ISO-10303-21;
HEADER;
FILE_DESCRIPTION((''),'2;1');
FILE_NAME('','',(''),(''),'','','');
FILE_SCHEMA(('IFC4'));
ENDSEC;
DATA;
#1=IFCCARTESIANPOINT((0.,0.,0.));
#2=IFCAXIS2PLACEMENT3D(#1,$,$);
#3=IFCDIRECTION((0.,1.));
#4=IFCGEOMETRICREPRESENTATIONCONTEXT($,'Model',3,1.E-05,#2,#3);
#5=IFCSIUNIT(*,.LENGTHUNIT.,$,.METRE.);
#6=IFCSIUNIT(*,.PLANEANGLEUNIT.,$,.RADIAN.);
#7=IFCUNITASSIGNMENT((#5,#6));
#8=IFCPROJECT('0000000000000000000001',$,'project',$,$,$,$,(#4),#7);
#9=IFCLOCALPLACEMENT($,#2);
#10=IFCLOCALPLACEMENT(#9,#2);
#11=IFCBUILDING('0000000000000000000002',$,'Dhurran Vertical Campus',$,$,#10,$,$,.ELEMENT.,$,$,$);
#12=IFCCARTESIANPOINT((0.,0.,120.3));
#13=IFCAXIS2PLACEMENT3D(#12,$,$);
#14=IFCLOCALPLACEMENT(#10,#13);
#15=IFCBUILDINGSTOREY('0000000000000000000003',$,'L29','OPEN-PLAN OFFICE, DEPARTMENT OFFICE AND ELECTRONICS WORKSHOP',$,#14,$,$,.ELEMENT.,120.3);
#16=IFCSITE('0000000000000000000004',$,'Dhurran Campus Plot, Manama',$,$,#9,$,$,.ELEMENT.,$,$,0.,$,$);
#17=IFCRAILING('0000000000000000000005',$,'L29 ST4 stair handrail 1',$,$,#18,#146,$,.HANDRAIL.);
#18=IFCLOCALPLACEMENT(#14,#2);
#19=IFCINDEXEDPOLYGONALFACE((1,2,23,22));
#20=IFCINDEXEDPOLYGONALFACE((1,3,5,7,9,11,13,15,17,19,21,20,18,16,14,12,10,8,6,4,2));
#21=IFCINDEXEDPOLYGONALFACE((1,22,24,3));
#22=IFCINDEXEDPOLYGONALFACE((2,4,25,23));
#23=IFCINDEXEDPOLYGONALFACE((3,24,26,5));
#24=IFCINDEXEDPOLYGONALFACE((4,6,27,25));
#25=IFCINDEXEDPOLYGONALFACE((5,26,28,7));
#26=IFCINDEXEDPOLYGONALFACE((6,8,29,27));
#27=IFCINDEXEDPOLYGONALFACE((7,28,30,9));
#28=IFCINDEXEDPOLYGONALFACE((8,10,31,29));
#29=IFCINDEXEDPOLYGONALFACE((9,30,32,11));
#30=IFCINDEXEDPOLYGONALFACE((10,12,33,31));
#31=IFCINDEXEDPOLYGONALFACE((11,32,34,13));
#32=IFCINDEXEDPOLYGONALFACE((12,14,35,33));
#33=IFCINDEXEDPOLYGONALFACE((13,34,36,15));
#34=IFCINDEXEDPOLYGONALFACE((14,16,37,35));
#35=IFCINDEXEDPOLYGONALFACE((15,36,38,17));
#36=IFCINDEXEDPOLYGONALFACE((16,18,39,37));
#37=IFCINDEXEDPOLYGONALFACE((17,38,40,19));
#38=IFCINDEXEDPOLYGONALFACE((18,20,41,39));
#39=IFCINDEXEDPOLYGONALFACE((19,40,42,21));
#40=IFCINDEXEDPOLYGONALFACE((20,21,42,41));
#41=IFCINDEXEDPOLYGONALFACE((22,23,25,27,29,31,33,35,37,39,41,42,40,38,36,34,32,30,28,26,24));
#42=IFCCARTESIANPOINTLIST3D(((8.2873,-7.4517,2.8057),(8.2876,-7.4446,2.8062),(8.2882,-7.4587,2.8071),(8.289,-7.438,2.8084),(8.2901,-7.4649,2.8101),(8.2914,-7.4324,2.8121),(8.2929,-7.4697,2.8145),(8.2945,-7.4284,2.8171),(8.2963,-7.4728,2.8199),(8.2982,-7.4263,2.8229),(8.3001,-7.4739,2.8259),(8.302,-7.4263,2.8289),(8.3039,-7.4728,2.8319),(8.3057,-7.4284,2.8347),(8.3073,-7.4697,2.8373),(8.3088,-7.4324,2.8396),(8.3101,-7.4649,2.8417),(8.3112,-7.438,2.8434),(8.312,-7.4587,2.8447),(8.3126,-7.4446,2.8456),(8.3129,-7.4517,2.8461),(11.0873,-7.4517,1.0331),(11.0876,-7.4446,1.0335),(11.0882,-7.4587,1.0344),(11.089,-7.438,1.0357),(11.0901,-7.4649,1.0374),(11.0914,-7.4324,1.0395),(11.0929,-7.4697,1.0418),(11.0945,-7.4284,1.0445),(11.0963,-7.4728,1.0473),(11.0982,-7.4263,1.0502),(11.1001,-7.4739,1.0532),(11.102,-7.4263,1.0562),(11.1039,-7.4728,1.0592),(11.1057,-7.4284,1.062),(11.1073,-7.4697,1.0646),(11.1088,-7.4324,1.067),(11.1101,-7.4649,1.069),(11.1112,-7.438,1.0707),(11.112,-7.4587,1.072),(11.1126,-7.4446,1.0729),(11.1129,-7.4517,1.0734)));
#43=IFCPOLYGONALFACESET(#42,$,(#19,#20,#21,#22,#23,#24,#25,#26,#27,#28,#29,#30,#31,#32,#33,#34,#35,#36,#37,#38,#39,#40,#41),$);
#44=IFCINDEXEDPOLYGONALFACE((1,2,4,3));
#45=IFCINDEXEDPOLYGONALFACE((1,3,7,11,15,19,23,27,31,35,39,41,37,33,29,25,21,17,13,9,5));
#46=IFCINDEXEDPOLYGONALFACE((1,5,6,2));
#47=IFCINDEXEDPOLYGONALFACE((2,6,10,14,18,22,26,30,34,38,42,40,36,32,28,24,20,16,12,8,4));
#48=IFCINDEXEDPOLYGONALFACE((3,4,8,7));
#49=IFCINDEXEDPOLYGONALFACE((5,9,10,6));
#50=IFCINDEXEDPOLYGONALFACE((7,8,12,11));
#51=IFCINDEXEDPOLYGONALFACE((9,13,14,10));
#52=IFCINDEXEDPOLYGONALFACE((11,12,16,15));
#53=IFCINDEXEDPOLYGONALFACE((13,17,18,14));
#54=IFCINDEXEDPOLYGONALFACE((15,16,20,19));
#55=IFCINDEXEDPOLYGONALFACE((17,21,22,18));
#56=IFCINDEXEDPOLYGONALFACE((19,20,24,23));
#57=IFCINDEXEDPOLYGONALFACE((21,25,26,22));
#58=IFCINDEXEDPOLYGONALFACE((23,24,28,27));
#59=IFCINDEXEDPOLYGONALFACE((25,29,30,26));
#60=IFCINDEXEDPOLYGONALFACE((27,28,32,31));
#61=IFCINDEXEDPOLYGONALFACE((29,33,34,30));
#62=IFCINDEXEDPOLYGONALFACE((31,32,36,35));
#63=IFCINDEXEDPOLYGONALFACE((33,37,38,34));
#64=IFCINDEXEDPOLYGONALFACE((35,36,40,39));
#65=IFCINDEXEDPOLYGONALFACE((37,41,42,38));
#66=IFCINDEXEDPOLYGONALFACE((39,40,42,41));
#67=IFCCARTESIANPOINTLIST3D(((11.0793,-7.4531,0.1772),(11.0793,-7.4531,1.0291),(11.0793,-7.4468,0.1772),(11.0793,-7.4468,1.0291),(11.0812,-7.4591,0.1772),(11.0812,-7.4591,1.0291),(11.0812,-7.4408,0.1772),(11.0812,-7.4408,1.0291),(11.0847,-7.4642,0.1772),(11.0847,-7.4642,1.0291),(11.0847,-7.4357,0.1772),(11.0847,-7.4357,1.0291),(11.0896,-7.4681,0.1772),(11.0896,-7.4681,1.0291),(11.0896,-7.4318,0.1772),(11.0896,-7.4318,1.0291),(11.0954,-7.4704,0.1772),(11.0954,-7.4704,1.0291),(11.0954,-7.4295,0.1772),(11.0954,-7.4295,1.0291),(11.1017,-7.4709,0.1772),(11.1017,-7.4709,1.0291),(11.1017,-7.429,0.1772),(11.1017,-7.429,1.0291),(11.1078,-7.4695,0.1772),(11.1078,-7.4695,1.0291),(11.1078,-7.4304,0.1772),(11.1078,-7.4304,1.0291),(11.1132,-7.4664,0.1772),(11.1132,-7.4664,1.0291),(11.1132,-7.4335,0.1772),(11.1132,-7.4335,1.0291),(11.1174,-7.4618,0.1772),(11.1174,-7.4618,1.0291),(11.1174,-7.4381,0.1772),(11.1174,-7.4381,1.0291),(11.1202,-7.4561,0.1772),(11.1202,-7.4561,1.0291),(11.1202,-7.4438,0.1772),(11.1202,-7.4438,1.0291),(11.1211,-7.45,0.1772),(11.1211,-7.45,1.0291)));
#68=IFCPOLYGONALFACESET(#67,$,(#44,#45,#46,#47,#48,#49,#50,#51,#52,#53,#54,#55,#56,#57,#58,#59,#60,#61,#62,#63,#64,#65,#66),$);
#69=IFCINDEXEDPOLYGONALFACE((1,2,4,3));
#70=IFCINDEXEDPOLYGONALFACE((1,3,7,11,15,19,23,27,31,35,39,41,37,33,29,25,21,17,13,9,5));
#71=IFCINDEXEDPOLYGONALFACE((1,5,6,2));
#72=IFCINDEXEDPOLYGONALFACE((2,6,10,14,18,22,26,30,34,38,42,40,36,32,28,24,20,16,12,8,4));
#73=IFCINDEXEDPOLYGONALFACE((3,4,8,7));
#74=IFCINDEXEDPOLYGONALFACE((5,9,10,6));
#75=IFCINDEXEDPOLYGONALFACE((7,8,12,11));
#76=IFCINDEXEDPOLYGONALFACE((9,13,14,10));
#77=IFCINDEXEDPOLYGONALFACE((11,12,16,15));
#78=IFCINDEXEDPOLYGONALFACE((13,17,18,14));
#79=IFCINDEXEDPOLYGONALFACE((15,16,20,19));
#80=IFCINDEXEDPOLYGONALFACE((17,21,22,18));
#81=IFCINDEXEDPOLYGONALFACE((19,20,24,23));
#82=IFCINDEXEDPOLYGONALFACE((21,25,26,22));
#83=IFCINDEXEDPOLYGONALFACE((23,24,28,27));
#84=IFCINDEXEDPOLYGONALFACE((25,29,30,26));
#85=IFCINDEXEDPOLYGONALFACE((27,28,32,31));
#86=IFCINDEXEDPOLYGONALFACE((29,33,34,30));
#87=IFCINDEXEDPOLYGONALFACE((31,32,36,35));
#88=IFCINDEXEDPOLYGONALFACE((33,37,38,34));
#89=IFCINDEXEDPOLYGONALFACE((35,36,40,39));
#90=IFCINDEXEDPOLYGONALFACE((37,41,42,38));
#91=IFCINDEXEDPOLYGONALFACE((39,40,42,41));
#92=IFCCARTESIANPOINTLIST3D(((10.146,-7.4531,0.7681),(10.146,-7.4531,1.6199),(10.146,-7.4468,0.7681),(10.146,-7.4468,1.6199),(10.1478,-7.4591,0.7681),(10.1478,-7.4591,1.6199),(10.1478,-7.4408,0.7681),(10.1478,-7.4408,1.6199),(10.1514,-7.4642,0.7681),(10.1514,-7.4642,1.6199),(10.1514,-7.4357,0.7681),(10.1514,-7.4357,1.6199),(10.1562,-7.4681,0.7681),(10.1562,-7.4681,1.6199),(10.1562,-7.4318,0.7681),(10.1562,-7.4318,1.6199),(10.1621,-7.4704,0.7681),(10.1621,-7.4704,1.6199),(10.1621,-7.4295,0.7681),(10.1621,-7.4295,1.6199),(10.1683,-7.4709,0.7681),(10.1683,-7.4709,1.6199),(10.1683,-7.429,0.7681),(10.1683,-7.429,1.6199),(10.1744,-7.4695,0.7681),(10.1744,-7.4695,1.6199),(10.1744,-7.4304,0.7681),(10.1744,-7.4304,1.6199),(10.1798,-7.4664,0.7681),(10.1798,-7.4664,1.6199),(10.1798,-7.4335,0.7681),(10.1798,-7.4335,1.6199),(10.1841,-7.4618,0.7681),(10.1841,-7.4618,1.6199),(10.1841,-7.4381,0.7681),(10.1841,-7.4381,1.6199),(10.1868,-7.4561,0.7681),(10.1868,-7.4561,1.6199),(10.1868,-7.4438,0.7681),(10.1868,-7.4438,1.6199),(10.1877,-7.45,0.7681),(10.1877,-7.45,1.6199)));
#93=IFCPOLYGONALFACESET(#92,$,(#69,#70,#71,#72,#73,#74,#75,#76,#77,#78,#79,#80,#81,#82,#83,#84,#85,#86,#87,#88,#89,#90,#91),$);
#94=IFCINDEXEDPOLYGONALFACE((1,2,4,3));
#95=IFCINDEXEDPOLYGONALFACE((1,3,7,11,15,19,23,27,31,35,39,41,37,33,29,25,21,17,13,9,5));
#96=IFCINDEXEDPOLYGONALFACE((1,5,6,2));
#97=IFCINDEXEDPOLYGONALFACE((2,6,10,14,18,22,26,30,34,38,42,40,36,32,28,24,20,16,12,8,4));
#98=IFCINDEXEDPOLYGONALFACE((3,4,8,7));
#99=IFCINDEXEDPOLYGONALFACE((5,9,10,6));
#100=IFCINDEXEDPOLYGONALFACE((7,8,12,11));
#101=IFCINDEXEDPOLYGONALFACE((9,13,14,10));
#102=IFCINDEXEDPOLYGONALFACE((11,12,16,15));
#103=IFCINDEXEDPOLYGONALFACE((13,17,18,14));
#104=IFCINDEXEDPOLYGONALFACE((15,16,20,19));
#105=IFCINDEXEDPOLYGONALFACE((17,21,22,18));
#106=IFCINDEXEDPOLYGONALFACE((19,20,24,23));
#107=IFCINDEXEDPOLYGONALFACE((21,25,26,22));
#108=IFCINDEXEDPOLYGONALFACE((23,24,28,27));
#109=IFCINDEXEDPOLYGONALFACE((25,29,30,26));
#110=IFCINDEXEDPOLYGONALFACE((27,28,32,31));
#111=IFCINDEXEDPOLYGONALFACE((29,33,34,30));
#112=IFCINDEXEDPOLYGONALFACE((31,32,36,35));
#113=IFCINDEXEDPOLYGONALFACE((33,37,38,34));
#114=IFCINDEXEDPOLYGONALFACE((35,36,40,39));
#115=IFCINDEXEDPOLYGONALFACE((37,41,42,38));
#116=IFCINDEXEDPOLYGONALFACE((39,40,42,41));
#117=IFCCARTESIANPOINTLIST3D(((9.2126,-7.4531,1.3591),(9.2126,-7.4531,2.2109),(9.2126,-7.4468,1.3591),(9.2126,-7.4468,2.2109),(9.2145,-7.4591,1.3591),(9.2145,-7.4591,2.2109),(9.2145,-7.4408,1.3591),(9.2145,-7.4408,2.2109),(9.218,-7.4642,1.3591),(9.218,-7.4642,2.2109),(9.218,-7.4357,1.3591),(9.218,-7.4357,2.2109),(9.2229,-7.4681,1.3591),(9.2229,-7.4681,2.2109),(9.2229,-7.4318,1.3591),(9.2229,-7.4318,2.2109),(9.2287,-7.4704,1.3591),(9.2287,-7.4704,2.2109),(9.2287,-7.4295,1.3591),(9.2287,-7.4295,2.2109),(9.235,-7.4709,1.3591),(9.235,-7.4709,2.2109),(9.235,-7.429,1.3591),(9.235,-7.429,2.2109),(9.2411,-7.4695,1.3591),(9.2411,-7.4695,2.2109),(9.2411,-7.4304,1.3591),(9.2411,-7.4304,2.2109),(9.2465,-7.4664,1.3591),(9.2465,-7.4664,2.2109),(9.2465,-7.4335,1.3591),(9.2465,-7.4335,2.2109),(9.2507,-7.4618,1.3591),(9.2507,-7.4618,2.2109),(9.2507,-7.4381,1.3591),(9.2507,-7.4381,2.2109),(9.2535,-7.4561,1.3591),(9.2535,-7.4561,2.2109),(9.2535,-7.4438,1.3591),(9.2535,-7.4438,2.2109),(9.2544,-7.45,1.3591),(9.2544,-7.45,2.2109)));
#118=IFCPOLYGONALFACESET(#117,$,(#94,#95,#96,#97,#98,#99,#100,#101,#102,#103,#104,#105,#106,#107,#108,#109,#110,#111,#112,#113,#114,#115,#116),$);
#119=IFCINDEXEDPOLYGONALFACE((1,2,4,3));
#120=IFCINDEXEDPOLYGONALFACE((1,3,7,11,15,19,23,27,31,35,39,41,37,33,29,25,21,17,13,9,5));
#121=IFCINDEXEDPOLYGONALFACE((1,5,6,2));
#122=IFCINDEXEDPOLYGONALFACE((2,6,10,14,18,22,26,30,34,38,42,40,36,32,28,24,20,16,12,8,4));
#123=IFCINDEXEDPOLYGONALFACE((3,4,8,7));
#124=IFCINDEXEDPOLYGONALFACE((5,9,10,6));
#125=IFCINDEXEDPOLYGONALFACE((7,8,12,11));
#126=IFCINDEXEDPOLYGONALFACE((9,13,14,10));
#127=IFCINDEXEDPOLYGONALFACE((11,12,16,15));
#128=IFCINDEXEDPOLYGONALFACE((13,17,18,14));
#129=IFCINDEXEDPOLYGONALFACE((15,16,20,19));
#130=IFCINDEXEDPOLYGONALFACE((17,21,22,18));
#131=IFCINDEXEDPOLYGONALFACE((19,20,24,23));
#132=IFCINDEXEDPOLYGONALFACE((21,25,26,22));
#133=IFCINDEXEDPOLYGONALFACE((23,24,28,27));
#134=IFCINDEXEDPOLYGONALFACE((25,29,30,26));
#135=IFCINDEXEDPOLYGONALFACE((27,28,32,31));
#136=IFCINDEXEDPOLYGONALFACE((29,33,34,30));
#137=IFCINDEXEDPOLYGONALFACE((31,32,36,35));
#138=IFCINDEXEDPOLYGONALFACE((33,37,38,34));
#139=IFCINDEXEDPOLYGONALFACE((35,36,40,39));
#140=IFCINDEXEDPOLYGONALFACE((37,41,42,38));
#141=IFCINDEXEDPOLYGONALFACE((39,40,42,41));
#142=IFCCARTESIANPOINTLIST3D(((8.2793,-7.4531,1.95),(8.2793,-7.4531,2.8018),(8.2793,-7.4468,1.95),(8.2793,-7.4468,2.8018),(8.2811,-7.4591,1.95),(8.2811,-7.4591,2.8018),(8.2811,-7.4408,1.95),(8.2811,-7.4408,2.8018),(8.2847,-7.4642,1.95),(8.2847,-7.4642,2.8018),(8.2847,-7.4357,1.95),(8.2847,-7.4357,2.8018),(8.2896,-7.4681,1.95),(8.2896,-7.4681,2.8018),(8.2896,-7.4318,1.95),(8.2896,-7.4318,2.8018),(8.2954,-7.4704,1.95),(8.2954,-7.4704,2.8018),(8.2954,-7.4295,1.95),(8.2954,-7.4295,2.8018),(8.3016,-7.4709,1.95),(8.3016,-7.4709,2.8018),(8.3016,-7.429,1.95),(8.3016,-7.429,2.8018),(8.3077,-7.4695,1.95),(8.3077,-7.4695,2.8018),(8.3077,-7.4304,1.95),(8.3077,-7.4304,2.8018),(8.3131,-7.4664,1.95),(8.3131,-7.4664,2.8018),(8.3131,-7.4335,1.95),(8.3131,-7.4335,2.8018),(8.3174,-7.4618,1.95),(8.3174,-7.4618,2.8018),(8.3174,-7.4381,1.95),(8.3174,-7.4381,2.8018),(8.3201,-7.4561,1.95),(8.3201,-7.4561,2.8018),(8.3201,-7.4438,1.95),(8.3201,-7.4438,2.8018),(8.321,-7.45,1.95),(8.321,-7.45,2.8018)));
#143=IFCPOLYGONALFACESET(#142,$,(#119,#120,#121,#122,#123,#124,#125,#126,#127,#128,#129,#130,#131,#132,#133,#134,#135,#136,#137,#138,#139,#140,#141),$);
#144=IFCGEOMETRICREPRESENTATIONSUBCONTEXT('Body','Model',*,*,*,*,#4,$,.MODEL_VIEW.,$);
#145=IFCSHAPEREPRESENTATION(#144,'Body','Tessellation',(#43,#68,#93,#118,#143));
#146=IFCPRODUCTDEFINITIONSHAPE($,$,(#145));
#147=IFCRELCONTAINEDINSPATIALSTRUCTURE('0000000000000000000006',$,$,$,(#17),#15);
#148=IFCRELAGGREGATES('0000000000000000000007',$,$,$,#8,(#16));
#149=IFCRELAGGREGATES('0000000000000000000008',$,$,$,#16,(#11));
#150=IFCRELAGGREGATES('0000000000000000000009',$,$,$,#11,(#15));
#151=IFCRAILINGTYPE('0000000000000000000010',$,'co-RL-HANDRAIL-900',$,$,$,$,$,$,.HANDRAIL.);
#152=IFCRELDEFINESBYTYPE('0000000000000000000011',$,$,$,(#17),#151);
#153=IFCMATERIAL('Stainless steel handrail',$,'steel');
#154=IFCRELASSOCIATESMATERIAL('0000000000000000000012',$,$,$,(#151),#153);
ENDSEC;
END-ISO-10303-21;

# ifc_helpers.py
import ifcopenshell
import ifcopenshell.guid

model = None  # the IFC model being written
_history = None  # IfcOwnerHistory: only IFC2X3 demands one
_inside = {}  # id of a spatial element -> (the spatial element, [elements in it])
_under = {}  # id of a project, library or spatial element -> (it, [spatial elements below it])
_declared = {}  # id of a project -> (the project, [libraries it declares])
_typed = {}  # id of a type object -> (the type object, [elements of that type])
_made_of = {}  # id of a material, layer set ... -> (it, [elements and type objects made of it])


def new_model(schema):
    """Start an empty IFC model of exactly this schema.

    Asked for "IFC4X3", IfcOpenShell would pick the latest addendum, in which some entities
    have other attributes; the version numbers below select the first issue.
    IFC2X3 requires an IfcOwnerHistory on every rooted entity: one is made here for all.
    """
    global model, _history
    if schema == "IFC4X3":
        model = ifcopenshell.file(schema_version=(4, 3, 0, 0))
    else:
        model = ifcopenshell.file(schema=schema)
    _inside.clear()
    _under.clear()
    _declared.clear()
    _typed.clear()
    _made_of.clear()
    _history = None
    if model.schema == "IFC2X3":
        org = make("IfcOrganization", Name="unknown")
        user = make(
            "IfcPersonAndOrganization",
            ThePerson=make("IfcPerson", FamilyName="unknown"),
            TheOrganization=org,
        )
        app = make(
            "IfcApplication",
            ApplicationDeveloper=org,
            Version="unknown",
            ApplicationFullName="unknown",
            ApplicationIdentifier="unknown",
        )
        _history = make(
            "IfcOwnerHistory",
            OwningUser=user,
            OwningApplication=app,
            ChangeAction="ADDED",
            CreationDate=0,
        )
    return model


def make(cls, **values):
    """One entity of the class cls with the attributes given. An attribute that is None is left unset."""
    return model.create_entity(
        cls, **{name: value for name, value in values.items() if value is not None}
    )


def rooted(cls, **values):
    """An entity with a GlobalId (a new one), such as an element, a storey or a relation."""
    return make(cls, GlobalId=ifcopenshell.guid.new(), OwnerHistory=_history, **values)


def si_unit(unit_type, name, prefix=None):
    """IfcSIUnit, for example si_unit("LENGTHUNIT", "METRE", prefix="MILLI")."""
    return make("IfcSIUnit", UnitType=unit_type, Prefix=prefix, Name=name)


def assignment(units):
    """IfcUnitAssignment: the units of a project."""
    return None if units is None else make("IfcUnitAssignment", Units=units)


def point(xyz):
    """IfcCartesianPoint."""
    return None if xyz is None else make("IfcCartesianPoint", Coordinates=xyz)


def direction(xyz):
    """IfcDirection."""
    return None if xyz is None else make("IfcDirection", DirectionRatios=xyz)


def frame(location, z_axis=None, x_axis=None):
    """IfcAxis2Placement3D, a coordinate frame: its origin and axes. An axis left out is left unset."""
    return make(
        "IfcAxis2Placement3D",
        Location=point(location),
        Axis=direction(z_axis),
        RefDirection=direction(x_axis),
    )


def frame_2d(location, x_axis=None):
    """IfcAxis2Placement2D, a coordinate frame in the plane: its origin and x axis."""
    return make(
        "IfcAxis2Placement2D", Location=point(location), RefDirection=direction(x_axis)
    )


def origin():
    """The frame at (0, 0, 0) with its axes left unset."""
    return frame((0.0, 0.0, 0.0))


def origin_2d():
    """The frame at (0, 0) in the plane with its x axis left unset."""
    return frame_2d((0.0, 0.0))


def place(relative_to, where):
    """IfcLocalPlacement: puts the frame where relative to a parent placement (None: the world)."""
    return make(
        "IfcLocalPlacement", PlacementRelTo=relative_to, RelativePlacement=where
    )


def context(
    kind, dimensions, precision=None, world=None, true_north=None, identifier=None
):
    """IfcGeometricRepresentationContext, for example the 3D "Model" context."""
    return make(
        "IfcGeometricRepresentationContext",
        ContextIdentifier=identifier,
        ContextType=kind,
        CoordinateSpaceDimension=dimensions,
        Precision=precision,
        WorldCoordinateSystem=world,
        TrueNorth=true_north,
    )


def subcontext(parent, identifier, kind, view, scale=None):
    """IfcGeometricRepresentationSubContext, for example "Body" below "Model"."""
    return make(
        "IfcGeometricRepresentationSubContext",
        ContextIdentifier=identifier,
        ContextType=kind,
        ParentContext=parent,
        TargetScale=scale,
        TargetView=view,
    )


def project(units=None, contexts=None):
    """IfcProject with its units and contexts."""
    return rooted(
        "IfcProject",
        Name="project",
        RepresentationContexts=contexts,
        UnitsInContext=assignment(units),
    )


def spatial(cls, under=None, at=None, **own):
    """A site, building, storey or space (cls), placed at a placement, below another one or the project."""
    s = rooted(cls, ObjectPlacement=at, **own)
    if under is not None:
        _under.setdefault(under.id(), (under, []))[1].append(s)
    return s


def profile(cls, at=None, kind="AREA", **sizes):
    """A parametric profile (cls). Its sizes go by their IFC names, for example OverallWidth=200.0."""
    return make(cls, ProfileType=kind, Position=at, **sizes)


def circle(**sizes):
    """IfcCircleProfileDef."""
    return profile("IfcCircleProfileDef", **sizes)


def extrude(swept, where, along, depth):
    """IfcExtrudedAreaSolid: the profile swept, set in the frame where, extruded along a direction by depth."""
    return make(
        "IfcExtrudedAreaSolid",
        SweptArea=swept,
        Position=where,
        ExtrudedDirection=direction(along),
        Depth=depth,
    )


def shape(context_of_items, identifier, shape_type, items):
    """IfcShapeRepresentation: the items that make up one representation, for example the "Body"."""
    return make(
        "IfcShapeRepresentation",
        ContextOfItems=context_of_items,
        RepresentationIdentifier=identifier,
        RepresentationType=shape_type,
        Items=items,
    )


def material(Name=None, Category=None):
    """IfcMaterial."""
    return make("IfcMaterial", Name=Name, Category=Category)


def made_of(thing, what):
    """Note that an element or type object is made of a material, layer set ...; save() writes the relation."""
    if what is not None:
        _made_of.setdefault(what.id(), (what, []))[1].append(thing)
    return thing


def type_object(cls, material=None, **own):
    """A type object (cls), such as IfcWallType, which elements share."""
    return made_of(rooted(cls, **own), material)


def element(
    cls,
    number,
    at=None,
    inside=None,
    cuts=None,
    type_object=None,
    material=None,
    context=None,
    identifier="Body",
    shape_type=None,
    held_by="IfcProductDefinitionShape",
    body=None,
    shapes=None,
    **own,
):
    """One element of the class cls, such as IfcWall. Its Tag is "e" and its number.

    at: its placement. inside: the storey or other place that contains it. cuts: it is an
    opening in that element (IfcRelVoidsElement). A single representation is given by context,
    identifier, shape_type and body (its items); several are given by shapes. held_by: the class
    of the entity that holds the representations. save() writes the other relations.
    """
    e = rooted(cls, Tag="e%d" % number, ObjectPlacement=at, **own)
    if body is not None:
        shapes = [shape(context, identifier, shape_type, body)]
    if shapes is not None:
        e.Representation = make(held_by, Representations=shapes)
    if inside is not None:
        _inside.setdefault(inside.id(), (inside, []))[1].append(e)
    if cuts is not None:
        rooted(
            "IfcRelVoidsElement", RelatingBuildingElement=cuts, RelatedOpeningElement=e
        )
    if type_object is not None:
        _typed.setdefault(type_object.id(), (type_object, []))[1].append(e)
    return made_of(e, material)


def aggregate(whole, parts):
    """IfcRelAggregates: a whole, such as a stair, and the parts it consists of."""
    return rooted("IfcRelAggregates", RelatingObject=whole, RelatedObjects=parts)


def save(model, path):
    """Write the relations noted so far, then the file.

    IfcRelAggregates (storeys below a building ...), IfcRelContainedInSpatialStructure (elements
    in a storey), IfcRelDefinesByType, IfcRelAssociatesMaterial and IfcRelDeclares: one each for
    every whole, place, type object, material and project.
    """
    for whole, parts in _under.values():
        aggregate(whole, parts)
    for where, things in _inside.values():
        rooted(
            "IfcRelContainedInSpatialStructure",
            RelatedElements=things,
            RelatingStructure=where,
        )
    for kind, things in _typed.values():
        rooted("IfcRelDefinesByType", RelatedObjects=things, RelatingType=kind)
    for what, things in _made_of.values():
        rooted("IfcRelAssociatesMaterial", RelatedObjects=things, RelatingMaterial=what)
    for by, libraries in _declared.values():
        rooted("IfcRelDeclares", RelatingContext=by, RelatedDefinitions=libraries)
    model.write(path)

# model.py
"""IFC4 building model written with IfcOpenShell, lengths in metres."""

from ifc_helpers import new_model, si_unit, direction, frame, origin, origin_2d, place, context, subcontext, project, spatial, circle, extrude, material, type_object, element, save


model = new_model("IFC4")

# Units and contexts
model_context = context("Model", 3, precision=1e-05, world=origin(), true_north=direction((0.0, 1.0)))
body_context = subcontext(model_context, "Body", "Model", "MODEL_VIEW")
ifc_project = project(units=[si_unit("LENGTHUNIT", "METRE"), si_unit("PLANEANGLEUNIT", "RADIAN")], contexts=[model_context])

# Site, building, storey
site_placement = place(None, origin())
site = spatial("IfcSite", under=ifc_project, at=site_placement, Name="Dhurran Campus Plot, Manama", CompositionType="ELEMENT", RefElevation=0.0)
building_placement = place(site_placement, origin())
building = spatial("IfcBuilding", under=site, at=building_placement, Name="Dhurran Vertical Campus", CompositionType="ELEMENT")
storey_placement = place(building_placement, frame((0.0, 0.0, 120.3)))
storey = spatial("IfcBuildingStorey", under=building, at=storey_placement, Name="L29", Description="OPEN-PLAN OFFICE, DEPARTMENT OFFICE AND ELECTRONICS WORKSHOP", CompositionType="ELEMENT", Elevation=120.3)

# Railing
ifc_material_1 = material(Name="Stainless steel handrail", Category="steel")
railing_type_1 = type_object("IfcRailingType", Name="co-RL-HANDRAIL-900", PredefinedType="HANDRAIL", material=ifc_material_1)
railing_1_placement = place(storey_placement, frame((11.1001, -7.45, 0.1772)))
element("IfcRailing", 1, at=railing_1_placement, inside=storey, type_object=railing_type_1, Name="L29 ST4 stair handrail 1", PredefinedType="HANDRAIL", context=body_context, shape_type="SweptSolid", body=[
    extrude(circle(Radius=0.0239, at=origin_2d()), frame((0.0, 0.0, 0.876), z_axis=(-0.844909, 0.0, 0.53491), x_axis=(0.0, -1.0, 0.0)), (0.0, 0.0, 1.0), 3.314),
    extrude(circle(Radius=0.021, at=origin_2d()), origin(), (0.0, 0.0, 1.0), 0.8518),
    extrude(circle(Radius=0.021, at=origin_2d()), frame((-0.9333, 0.0, 0.5908)), (0.0, 0.0, 1.0), 0.8518),
    extrude(circle(Radius=0.021, at=origin_2d()), frame((-1.8667, 0.0, 1.1819)), (0.0, 0.0, 1.0), 0.8518),
    extrude(circle(Radius=0.021, at=origin_2d()), frame((-2.8, 0.0, 1.7727)), (0.0, 0.0, 1.0), 0.8518),
])

save(model, "model.ifc")
